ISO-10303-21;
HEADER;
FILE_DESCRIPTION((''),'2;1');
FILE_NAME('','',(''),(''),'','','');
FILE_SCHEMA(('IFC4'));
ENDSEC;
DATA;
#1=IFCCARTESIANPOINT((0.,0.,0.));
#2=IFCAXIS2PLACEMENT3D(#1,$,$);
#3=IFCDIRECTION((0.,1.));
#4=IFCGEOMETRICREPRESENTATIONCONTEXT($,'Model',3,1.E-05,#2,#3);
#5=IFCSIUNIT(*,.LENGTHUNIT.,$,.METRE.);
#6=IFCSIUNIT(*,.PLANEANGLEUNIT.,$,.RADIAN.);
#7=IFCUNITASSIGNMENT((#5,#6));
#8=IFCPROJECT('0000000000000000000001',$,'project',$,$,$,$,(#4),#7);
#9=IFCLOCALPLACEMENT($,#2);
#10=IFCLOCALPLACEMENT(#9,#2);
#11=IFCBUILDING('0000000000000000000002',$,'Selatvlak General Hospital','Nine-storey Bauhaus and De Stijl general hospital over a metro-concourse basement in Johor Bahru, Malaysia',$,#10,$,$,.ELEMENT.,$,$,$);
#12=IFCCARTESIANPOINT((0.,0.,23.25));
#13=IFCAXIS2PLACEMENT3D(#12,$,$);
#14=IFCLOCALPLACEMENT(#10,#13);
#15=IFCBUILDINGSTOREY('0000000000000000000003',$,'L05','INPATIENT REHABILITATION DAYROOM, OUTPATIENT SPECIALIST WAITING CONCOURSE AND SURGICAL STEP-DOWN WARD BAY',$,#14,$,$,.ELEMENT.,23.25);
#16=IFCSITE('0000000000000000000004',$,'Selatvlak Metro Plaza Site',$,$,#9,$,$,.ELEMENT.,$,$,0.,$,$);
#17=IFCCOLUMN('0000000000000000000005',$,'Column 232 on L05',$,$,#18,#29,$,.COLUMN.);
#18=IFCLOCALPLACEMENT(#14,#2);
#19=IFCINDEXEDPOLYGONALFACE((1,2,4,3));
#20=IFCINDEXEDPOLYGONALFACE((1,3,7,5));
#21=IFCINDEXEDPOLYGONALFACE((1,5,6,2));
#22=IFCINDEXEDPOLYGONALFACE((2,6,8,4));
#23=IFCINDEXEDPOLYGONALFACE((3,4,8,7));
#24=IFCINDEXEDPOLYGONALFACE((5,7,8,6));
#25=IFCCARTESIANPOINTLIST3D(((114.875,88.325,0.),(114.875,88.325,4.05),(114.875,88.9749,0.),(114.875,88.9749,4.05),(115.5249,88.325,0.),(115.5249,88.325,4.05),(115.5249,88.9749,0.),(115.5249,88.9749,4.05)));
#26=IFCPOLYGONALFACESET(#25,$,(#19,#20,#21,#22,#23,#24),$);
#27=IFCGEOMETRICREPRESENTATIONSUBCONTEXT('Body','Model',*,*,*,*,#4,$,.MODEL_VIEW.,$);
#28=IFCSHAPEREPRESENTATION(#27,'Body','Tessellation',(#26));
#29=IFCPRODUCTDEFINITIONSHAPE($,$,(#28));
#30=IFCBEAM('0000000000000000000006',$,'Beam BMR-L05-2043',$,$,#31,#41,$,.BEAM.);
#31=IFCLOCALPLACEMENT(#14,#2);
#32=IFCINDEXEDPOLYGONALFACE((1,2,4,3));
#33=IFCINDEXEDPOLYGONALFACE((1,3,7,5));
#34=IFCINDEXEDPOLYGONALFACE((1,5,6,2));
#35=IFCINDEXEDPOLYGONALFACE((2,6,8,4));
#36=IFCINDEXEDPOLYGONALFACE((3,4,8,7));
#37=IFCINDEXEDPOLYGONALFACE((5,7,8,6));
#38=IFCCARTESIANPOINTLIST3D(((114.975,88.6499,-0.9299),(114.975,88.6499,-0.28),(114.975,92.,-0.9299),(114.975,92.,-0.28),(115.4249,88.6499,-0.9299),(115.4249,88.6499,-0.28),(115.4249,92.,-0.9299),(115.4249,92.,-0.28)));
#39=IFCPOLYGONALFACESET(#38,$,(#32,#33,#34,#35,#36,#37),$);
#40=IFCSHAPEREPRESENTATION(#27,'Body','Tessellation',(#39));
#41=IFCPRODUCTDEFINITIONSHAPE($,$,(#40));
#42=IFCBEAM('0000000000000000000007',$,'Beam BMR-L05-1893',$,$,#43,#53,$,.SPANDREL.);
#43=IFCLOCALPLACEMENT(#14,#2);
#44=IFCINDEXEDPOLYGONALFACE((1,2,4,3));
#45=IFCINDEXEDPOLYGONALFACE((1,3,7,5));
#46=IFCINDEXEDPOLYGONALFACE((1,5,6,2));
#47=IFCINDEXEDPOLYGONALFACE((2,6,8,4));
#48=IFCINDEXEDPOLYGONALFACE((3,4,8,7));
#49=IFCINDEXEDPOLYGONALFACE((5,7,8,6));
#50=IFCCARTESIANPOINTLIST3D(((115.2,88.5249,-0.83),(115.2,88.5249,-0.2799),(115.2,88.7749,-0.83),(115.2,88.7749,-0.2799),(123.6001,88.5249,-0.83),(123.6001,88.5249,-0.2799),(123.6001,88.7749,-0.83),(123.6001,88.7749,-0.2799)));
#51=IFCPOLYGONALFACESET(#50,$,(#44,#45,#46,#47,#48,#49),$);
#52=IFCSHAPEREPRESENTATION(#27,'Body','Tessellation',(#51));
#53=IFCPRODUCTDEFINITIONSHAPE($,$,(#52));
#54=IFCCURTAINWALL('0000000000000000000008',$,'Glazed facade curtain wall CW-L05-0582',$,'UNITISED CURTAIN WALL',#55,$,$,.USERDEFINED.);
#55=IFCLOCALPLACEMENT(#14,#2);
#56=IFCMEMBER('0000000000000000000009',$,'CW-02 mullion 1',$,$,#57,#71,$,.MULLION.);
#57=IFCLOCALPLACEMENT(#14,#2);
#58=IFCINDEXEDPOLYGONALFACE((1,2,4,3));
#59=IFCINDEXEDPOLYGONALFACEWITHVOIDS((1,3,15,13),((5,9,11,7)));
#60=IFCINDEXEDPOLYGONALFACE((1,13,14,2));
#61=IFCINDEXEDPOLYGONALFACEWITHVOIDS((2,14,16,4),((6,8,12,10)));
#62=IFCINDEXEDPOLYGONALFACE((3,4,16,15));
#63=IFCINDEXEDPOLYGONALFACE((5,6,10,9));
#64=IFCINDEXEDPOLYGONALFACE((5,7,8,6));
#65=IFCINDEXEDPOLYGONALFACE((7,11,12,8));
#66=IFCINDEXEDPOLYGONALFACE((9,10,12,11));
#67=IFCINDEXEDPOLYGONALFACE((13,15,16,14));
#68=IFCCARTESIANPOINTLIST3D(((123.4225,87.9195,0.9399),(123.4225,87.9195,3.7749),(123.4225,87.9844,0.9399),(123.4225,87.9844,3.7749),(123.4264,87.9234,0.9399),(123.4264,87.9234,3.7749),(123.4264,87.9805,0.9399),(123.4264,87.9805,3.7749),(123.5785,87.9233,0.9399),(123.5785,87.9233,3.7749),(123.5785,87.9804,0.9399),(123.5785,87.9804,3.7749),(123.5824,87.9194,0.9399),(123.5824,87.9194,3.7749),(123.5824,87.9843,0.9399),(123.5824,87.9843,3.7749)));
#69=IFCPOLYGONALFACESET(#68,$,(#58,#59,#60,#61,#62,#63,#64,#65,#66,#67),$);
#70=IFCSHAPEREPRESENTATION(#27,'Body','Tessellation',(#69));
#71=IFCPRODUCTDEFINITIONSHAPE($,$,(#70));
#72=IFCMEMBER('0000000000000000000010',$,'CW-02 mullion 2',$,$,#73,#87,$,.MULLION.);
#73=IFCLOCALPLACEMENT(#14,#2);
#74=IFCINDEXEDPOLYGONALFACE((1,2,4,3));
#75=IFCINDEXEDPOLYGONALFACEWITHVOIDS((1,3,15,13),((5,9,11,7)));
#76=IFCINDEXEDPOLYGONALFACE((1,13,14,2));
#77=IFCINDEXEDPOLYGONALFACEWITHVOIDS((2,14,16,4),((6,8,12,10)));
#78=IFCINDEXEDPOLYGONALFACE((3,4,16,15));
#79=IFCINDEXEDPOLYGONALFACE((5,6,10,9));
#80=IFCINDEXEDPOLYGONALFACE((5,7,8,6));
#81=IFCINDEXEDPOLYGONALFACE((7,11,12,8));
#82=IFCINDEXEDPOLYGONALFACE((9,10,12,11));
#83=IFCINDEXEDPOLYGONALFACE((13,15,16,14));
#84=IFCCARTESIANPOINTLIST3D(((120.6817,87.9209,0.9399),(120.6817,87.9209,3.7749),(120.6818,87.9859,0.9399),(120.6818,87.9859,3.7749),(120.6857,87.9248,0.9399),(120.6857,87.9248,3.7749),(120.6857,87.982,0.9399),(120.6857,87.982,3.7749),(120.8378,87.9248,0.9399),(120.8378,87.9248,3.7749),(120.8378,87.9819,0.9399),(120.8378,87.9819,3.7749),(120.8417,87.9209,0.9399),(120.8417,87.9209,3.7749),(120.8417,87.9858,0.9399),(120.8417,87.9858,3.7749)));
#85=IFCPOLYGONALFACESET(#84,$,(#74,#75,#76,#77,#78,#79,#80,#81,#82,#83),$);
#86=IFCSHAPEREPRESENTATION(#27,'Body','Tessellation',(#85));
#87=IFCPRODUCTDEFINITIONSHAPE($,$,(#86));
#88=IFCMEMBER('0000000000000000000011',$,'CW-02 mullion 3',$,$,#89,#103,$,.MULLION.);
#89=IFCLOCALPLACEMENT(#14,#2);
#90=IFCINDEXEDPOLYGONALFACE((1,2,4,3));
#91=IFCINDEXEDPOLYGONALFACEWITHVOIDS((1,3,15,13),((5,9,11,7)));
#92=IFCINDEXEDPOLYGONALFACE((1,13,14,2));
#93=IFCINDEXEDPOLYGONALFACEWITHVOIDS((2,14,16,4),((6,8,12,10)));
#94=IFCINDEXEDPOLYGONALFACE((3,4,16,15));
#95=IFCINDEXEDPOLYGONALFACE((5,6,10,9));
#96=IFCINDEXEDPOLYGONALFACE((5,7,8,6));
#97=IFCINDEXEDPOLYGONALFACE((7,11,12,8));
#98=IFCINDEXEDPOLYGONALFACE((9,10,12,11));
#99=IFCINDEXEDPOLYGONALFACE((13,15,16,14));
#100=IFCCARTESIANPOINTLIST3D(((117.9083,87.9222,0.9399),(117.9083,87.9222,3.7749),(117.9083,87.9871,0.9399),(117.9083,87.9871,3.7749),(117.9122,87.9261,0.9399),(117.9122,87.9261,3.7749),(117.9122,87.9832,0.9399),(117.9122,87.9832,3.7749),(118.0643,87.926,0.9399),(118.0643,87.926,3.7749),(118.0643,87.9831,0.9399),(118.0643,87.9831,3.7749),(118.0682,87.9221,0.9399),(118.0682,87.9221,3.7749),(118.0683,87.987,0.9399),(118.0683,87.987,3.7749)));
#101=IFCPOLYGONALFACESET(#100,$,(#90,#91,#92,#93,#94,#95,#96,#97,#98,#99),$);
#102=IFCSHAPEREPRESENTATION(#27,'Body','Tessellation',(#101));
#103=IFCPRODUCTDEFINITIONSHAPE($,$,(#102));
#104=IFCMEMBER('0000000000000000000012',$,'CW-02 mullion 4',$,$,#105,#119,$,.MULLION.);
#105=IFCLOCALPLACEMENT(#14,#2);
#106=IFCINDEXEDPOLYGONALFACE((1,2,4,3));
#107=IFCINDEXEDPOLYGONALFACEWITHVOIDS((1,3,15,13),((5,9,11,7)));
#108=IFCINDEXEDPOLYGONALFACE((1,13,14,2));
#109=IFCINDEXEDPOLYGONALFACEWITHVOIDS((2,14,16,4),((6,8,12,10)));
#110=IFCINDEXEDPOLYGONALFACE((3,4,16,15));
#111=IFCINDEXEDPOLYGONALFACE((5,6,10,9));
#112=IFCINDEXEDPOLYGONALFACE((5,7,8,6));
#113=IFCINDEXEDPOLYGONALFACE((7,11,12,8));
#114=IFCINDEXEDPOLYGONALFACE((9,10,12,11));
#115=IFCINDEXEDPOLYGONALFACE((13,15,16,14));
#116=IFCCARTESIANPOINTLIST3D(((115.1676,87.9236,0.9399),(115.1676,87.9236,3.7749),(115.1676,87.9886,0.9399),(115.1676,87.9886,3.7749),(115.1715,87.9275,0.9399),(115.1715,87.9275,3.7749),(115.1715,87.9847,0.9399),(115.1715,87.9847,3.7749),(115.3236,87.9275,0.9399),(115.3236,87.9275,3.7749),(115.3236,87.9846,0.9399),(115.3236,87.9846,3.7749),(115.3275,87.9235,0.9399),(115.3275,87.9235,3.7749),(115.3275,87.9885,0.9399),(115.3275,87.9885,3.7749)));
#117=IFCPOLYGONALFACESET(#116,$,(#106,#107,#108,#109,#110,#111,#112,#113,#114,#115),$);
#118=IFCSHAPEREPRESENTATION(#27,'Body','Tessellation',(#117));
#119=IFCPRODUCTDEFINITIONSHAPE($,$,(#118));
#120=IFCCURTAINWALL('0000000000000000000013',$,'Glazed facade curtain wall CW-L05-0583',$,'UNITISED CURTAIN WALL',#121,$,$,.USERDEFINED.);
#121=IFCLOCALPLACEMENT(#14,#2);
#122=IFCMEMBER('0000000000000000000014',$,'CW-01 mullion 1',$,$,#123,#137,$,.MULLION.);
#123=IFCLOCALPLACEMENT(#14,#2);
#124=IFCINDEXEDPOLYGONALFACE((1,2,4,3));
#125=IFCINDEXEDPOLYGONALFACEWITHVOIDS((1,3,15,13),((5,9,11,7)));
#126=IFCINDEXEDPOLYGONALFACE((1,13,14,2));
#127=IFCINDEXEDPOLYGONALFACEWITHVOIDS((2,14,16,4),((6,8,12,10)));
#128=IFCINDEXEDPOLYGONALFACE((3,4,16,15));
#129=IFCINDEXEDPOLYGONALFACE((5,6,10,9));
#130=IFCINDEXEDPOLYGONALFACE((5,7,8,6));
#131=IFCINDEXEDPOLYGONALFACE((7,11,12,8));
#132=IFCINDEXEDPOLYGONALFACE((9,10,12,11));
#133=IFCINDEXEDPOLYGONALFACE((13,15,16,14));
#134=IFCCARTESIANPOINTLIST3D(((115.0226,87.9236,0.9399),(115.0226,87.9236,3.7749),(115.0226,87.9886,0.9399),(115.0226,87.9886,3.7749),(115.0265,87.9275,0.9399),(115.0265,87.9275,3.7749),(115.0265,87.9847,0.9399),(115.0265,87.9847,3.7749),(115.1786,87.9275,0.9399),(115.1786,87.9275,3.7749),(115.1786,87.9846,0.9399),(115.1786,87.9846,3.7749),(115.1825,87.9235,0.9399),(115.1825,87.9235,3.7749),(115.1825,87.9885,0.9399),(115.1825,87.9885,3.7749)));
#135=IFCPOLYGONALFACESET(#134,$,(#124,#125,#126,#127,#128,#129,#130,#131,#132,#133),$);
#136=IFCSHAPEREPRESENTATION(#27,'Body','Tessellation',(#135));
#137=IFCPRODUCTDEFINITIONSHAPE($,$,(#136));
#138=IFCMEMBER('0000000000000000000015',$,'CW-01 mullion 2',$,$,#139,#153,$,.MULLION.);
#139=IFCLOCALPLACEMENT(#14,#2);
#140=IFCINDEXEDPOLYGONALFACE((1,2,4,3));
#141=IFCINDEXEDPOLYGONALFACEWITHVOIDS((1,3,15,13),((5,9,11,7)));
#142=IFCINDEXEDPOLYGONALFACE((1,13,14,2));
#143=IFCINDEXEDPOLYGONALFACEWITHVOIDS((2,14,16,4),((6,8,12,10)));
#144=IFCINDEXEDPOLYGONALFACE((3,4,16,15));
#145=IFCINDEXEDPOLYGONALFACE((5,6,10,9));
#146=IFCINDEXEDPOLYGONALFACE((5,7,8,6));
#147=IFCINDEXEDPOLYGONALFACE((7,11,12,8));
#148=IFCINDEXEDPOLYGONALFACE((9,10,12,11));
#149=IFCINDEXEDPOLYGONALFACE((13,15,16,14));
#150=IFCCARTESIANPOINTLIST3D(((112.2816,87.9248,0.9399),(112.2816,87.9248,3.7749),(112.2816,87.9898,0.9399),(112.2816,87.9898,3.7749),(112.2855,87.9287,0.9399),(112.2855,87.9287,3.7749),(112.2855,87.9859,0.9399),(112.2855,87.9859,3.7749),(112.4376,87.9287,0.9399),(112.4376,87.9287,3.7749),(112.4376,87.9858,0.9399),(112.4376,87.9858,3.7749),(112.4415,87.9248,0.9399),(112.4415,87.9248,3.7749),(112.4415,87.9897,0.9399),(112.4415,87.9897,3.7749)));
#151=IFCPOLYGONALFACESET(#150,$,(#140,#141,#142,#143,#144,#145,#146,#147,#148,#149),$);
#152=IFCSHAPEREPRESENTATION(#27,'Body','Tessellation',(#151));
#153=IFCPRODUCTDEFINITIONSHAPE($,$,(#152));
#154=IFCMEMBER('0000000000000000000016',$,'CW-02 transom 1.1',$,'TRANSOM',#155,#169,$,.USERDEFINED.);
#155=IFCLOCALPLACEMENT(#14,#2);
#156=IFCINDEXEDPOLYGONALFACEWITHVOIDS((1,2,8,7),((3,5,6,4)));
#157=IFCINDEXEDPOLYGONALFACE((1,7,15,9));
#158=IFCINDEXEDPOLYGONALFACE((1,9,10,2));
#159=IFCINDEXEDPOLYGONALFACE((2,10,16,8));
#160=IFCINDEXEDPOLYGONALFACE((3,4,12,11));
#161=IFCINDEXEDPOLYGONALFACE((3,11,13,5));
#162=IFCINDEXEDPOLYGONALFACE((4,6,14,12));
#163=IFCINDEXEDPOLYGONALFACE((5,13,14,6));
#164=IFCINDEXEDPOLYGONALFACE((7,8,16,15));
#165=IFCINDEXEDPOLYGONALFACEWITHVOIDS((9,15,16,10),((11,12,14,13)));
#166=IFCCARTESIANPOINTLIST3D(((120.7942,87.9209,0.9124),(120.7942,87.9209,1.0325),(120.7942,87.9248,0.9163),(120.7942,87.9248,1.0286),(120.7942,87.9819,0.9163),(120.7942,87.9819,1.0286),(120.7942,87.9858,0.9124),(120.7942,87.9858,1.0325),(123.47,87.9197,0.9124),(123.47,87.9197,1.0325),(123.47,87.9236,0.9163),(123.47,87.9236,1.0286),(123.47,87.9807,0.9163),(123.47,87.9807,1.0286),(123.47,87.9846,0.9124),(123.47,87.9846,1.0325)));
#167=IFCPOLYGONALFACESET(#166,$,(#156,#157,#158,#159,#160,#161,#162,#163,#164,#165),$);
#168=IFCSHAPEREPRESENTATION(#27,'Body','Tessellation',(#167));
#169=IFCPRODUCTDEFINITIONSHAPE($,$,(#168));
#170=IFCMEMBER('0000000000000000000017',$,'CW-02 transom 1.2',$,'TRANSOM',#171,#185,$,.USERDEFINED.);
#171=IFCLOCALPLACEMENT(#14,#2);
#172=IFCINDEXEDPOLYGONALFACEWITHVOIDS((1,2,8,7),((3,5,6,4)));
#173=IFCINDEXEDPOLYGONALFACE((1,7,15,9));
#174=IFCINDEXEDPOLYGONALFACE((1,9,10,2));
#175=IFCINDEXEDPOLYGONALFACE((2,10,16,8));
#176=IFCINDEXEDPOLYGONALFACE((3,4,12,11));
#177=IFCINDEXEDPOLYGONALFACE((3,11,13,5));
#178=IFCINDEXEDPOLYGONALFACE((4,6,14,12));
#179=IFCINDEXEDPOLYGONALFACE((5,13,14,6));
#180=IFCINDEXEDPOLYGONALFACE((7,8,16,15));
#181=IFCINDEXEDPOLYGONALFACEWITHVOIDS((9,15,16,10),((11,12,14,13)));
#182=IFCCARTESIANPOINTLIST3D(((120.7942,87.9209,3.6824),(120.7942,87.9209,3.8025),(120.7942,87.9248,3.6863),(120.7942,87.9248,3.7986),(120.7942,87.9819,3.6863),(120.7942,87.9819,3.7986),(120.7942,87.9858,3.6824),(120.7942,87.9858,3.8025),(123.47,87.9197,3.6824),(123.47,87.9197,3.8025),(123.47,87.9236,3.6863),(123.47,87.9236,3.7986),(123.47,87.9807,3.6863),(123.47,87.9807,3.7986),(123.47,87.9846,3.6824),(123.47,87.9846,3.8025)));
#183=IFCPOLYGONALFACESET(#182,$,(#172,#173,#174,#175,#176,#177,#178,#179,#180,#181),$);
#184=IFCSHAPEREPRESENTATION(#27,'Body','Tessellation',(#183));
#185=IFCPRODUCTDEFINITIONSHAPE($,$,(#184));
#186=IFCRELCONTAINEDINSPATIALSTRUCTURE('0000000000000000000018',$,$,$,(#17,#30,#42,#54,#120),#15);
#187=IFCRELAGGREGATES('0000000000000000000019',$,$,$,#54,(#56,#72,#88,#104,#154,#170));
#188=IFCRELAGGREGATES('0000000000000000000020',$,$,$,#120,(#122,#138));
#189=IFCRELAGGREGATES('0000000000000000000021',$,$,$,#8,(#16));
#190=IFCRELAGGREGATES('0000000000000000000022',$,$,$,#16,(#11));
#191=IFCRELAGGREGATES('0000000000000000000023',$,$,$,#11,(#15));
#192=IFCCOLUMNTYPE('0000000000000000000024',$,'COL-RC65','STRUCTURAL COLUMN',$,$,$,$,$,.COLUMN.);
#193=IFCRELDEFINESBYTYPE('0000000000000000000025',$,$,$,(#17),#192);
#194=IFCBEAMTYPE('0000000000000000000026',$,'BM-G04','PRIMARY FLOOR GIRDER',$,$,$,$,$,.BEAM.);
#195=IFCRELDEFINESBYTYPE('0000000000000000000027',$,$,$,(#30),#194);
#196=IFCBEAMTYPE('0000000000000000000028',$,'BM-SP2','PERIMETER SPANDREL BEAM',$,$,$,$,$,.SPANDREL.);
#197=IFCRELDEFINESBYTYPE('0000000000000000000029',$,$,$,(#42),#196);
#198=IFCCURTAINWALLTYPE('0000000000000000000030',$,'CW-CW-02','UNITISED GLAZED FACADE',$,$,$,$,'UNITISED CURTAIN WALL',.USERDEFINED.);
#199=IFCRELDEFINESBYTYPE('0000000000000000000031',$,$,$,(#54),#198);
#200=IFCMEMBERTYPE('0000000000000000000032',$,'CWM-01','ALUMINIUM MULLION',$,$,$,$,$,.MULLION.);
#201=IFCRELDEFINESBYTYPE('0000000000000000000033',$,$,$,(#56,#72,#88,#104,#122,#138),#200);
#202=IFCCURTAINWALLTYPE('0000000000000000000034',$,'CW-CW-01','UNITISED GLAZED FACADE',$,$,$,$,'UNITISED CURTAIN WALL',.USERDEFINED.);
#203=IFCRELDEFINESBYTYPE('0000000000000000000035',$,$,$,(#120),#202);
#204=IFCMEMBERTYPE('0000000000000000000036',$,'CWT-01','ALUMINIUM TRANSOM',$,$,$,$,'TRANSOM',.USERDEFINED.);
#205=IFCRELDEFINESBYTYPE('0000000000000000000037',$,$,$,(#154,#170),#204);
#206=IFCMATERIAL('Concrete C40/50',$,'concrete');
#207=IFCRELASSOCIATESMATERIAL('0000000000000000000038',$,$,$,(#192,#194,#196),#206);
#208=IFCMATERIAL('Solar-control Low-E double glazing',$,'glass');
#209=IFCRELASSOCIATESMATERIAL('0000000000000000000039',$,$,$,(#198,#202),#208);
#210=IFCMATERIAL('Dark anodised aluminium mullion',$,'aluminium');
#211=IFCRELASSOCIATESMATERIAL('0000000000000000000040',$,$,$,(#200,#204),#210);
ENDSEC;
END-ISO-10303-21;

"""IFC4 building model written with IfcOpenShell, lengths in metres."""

from ifc_helpers import new_model, si_unit, direction, frame, origin, origin_2d, place, context, subcontext, project, spatial, rectangle, hollow_rectangle, extrude, material, material_profile, profile_set, type_object, element, aggregate, save


model = new_model("IFC4")

# Units and contexts
model_context = context("Model", 3, precision=1e-05, world=origin(), true_north=direction((0.0, 1.0)))
body_context = subcontext(model_context, "Body", "Model", "MODEL_VIEW")
ifc_project = project(units=[si_unit("LENGTHUNIT", "METRE"), si_unit("PLANEANGLEUNIT", "RADIAN")], contexts=[model_context])

# Site, building, storey
site_placement = place(None, origin())
site = spatial("IfcSite", under=ifc_project, at=site_placement, Name="Selatvlak Metro Plaza Site", CompositionType="ELEMENT", RefElevation=0.0)
building_placement = place(site_placement, origin())
building = spatial("IfcBuilding", under=site, at=building_placement, Name="Selatvlak General Hospital", Description="Nine-storey Bauhaus and De Stijl general hospital over a metro-concourse basement in Johor Bahru, Malaysia", CompositionType="ELEMENT")
storey_placement = place(building_placement, frame((0.0, 0.0, 23.25)))
storey = spatial("IfcBuildingStorey", under=building, at=storey_placement, Name="L05", Description="INPATIENT REHABILITATION DAYROOM, OUTPATIENT SPECIALIST WAITING CONCOURSE AND SURGICAL STEP-DOWN WARD BAY", CompositionType="ELEMENT", Elevation=23.25)

# Column
ifc_material_1 = material(Name="Concrete C40/50", Category="concrete")
ifc_material_profile_1 = material_profile(ifc_material_1, rectangle(XDim=0.6499, YDim=0.6499, at=origin_2d()), Name="RC-COL 650x650")
ifc_profile_set_1 = profile_set([ifc_material_profile_1], Name="Concrete C40/50")
column_type = type_object("IfcColumnType", Name="COL-RC65", Description="STRUCTURAL COLUMN", PredefinedType="COLUMN", material=ifc_profile_set_1)
column_placement = place(storey_placement, frame((115.2, 88.6499, 0.0), z_axis=(0.0, 0.0, 1.0), x_axis=(1.0, 0.0, 0.0)))
element("IfcColumn", 1, at=column_placement, inside=storey, type_object=column_type, Name="Column 232 on L05", PredefinedType="COLUMN", context=body_context, shape_type="SweptSolid", body=[
    extrude(rectangle(XDim=0.6499, YDim=0.6499, at=origin_2d()), origin(), (0.0, 0.0, 1.0), 4.05),
])

# Beams
ifc_material_profile_2 = material_profile(ifc_material_1, rectangle(XDim=0.45, YDim=0.6499, at=origin_2d()), Name="RC-BM 450x650")
ifc_profile_set_2 = profile_set([ifc_material_profile_2], Name="Concrete C40/50")
beam_type_1 = type_object("IfcBeamType", Name="BM-G04", Description="PRIMARY FLOOR GIRDER", PredefinedType="BEAM", material=ifc_profile_set_2)
beam_1_placement = place(storey_placement, frame((115.2, 88.6499, -0.605), z_axis=(0.0, 1.0, 0.0), x_axis=(-1.0, 0.0, 0.0)))
element("IfcBeam", 2, at=beam_1_placement, inside=storey, type_object=beam_type_1, Name="Beam BMR-L05-2043", PredefinedType="BEAM", context=body_context, shape_type="SweptSolid", body=[
    extrude(rectangle(XDim=0.45, YDim=0.6499, at=origin_2d()), origin(), (0.0, 0.0, 1.0), 3.3501),
])
ifc_material_profile_3 = material_profile(ifc_material_1, rectangle(XDim=0.25, YDim=0.55, at=origin_2d()), Name="RC-SP 250x550")
ifc_profile_set_3 = profile_set([ifc_material_profile_3], Name="Concrete C40/50")
beam_type_2 = type_object("IfcBeamType", Name="BM-SP2", Description="PERIMETER SPANDREL BEAM", PredefinedType="SPANDREL", material=ifc_profile_set_3)
beam_2_placement = place(storey_placement, frame((115.2, 88.6499, -0.5549), z_axis=(1.0, 0.0, 0.0), x_axis=(0.0, 1.0, 0.0)))
element("IfcBeam", 3, at=beam_2_placement, inside=storey, type_object=beam_type_2, Name="Beam BMR-L05-1893", PredefinedType="SPANDREL", context=body_context, shape_type="SweptSolid", body=[
    extrude(rectangle(XDim=0.25, YDim=0.55, at=origin_2d()), origin(), (0.0, 0.0, 1.0), 8.4001),
])

# Curtain walls, members
ifc_material_2 = material(Name="Solar-control Low-E double glazing", Category="glass")
curtain_wall_type_1 = type_object("IfcCurtainWallType", Name="CW-CW-02", Description="UNITISED GLAZED FACADE", ElementType="UNITISED CURTAIN WALL", PredefinedType="USERDEFINED", material=ifc_material_2)
curtain_wall_1_placement = place(storey_placement, origin())
curtain_wall_1 = element("IfcCurtainWall", 4, at=curtain_wall_1_placement, inside=storey, type_object=curtain_wall_type_1, Name="Glazed facade curtain wall CW-L05-0582", ObjectType="UNITISED CURTAIN WALL", PredefinedType="USERDEFINED")
ifc_material_3 = material(Name="Dark anodised aluminium mullion", Category="aluminium")
ifc_material_profile_4 = material_profile(ifc_material_3, hollow_rectangle(XDim=0.0649, YDim=0.1599, WallThickness=0.0039, at=origin_2d()), Name="AL-MUL 65x160x4")
ifc_profile_set_4 = profile_set([ifc_material_profile_4], Name="Dark anodised aluminium mullion")
member_type_1 = type_object("IfcMemberType", Name="CWM-01", Description="ALUMINIUM MULLION", PredefinedType="MULLION", material=ifc_profile_set_4)
member_1_placement = place(storey_placement, frame((123.5024, 87.9519, 0.9399), z_axis=(0.0, 0.0, 1.0), x_axis=(-0.000481, -1.0, 0.0)))
member_1 = element("IfcMember", 5, at=member_1_placement, type_object=member_type_1, Name="CW-02 mullion 1", PredefinedType="MULLION", context=body_context, shape_type="SweptSolid", body=[
    extrude(hollow_rectangle(XDim=0.0649, YDim=0.1599, WallThickness=0.0039, at=origin_2d()), origin(), (0.0, 0.0, 1.0), 2.835),
])
member_2_placement = place(storey_placement, frame((120.7617, 87.9534, 0.9399), z_axis=(0.0, 0.0, 1.0), x_axis=(-0.000481, -1.0, 0.0)))
member_2 = element("IfcMember", 6, at=member_2_placement, type_object=member_type_1, Name="CW-02 mullion 2", PredefinedType="MULLION", context=body_context, shape_type="SweptSolid", body=[
    extrude(hollow_rectangle(XDim=0.0649, YDim=0.1599, WallThickness=0.0039, at=origin_2d()), origin(), (0.0, 0.0, 1.0), 2.835),
])
member_3_placement = place(storey_placement, frame((117.9883, 87.9546, 0.9399), z_axis=(0.0, 0.0, 1.0), x_axis=(-0.000481, -1.0, 0.0)))
member_3 = element("IfcMember", 7, at=member_3_placement, type_object=member_type_1, Name="CW-02 mullion 3", PredefinedType="MULLION", context=body_context, shape_type="SweptSolid", body=[
    extrude(hollow_rectangle(XDim=0.0649, YDim=0.1599, WallThickness=0.0039, at=origin_2d()), origin(), (0.0, 0.0, 1.0), 2.835),
])
member_4_placement = place(storey_placement, frame((115.2476, 87.9561, 0.9399), z_axis=(0.0, 0.0, 1.0), x_axis=(-0.000481, -1.0, 0.0)))
member_4 = element("IfcMember", 8, at=member_4_placement, type_object=member_type_1, Name="CW-02 mullion 4", PredefinedType="MULLION", context=body_context, shape_type="SweptSolid", body=[
    extrude(hollow_rectangle(XDim=0.0649, YDim=0.1599, WallThickness=0.0039, at=origin_2d()), origin(), (0.0, 0.0, 1.0), 2.835),
])
curtain_wall_type_2 = type_object("IfcCurtainWallType", Name="CW-CW-01", Description="UNITISED GLAZED FACADE", ElementType="UNITISED CURTAIN WALL", PredefinedType="USERDEFINED", material=ifc_material_2)
curtain_wall_2_placement = place(storey_placement, origin())
curtain_wall_2 = element("IfcCurtainWall", 9, at=curtain_wall_2_placement, inside=storey, type_object=curtain_wall_type_2, Name="Glazed facade curtain wall CW-L05-0583", ObjectType="UNITISED CURTAIN WALL", PredefinedType="USERDEFINED")
member_5_placement = place(storey_placement, frame((115.1025, 87.9561, 0.9399), z_axis=(0.0, 0.0, 1.0), x_axis=(-0.000481, -1.0, 0.0)))
member_5 = element("IfcMember", 10, at=member_5_placement, type_object=member_type_1, Name="CW-01 mullion 1", PredefinedType="MULLION", context=body_context, shape_type="SweptSolid", body=[
    extrude(hollow_rectangle(XDim=0.0649, YDim=0.1599, WallThickness=0.0039, at=origin_2d()), origin(), (0.0, 0.0, 1.0), 2.835),
])
member_6_placement = place(storey_placement, frame((112.3616, 87.9573, 0.9399), z_axis=(0.0, 0.0, 1.0), x_axis=(-0.000481, -1.0, 0.0)))
member_6 = element("IfcMember", 11, at=member_6_placement, type_object=member_type_1, Name="CW-01 mullion 2", PredefinedType="MULLION", context=body_context, shape_type="SweptSolid", body=[
    extrude(hollow_rectangle(XDim=0.0649, YDim=0.1599, WallThickness=0.0039, at=origin_2d()), origin(), (0.0, 0.0, 1.0), 2.835),
])

# Members
ifc_material_profile_5 = material_profile(ifc_material_3, hollow_rectangle(XDim=0.0649, YDim=0.1201, WallThickness=0.0039, at=origin_2d()), Name="AL-TRN 65x120x4")
ifc_profile_set_5 = profile_set([ifc_material_profile_5], Name="Dark anodised aluminium mullion")
member_type_2 = type_object("IfcMemberType", Name="CWT-01", Description="ALUMINIUM TRANSOM", ElementType="TRANSOM", PredefinedType="USERDEFINED", material=ifc_profile_set_5)
member_7_placement = place(storey_placement, frame((123.47, 87.9521, 0.9724), z_axis=(-1.0, 0.000456, 0.0), x_axis=(-0.000456, -1.0, 0.0)))
member_7 = element("IfcMember", 12, at=member_7_placement, type_object=member_type_2, Name="CW-02 transom 1.1", ObjectType="TRANSOM", PredefinedType="USERDEFINED", context=body_context, shape_type="SweptSolid", body=[
    extrude(hollow_rectangle(XDim=0.0649, YDim=0.1201, WallThickness=0.0039, at=origin_2d()), origin(), (0.0, 0.0, 1.0), 2.6758),
])
member_8_placement = place(storey_placement, frame((123.47, 87.9521, 3.7424), z_axis=(-1.0, 0.000456, 0.0), x_axis=(-0.000456, -1.0, 0.0)))
member_8 = element("IfcMember", 13, at=member_8_placement, type_object=member_type_2, Name="CW-02 transom 1.2", ObjectType="TRANSOM", PredefinedType="USERDEFINED", context=body_context, shape_type="SweptSolid", body=[
    extrude(hollow_rectangle(XDim=0.0649, YDim=0.1201, WallThickness=0.0039, at=origin_2d()), origin(), (0.0, 0.0, 1.0), 2.6758),
])

aggregate(curtain_wall_1, [member_1, member_2, member_3, member_4, member_7, member_8])
aggregate(curtain_wall_2, [member_5, member_6])

save(model, "model.ifc")
